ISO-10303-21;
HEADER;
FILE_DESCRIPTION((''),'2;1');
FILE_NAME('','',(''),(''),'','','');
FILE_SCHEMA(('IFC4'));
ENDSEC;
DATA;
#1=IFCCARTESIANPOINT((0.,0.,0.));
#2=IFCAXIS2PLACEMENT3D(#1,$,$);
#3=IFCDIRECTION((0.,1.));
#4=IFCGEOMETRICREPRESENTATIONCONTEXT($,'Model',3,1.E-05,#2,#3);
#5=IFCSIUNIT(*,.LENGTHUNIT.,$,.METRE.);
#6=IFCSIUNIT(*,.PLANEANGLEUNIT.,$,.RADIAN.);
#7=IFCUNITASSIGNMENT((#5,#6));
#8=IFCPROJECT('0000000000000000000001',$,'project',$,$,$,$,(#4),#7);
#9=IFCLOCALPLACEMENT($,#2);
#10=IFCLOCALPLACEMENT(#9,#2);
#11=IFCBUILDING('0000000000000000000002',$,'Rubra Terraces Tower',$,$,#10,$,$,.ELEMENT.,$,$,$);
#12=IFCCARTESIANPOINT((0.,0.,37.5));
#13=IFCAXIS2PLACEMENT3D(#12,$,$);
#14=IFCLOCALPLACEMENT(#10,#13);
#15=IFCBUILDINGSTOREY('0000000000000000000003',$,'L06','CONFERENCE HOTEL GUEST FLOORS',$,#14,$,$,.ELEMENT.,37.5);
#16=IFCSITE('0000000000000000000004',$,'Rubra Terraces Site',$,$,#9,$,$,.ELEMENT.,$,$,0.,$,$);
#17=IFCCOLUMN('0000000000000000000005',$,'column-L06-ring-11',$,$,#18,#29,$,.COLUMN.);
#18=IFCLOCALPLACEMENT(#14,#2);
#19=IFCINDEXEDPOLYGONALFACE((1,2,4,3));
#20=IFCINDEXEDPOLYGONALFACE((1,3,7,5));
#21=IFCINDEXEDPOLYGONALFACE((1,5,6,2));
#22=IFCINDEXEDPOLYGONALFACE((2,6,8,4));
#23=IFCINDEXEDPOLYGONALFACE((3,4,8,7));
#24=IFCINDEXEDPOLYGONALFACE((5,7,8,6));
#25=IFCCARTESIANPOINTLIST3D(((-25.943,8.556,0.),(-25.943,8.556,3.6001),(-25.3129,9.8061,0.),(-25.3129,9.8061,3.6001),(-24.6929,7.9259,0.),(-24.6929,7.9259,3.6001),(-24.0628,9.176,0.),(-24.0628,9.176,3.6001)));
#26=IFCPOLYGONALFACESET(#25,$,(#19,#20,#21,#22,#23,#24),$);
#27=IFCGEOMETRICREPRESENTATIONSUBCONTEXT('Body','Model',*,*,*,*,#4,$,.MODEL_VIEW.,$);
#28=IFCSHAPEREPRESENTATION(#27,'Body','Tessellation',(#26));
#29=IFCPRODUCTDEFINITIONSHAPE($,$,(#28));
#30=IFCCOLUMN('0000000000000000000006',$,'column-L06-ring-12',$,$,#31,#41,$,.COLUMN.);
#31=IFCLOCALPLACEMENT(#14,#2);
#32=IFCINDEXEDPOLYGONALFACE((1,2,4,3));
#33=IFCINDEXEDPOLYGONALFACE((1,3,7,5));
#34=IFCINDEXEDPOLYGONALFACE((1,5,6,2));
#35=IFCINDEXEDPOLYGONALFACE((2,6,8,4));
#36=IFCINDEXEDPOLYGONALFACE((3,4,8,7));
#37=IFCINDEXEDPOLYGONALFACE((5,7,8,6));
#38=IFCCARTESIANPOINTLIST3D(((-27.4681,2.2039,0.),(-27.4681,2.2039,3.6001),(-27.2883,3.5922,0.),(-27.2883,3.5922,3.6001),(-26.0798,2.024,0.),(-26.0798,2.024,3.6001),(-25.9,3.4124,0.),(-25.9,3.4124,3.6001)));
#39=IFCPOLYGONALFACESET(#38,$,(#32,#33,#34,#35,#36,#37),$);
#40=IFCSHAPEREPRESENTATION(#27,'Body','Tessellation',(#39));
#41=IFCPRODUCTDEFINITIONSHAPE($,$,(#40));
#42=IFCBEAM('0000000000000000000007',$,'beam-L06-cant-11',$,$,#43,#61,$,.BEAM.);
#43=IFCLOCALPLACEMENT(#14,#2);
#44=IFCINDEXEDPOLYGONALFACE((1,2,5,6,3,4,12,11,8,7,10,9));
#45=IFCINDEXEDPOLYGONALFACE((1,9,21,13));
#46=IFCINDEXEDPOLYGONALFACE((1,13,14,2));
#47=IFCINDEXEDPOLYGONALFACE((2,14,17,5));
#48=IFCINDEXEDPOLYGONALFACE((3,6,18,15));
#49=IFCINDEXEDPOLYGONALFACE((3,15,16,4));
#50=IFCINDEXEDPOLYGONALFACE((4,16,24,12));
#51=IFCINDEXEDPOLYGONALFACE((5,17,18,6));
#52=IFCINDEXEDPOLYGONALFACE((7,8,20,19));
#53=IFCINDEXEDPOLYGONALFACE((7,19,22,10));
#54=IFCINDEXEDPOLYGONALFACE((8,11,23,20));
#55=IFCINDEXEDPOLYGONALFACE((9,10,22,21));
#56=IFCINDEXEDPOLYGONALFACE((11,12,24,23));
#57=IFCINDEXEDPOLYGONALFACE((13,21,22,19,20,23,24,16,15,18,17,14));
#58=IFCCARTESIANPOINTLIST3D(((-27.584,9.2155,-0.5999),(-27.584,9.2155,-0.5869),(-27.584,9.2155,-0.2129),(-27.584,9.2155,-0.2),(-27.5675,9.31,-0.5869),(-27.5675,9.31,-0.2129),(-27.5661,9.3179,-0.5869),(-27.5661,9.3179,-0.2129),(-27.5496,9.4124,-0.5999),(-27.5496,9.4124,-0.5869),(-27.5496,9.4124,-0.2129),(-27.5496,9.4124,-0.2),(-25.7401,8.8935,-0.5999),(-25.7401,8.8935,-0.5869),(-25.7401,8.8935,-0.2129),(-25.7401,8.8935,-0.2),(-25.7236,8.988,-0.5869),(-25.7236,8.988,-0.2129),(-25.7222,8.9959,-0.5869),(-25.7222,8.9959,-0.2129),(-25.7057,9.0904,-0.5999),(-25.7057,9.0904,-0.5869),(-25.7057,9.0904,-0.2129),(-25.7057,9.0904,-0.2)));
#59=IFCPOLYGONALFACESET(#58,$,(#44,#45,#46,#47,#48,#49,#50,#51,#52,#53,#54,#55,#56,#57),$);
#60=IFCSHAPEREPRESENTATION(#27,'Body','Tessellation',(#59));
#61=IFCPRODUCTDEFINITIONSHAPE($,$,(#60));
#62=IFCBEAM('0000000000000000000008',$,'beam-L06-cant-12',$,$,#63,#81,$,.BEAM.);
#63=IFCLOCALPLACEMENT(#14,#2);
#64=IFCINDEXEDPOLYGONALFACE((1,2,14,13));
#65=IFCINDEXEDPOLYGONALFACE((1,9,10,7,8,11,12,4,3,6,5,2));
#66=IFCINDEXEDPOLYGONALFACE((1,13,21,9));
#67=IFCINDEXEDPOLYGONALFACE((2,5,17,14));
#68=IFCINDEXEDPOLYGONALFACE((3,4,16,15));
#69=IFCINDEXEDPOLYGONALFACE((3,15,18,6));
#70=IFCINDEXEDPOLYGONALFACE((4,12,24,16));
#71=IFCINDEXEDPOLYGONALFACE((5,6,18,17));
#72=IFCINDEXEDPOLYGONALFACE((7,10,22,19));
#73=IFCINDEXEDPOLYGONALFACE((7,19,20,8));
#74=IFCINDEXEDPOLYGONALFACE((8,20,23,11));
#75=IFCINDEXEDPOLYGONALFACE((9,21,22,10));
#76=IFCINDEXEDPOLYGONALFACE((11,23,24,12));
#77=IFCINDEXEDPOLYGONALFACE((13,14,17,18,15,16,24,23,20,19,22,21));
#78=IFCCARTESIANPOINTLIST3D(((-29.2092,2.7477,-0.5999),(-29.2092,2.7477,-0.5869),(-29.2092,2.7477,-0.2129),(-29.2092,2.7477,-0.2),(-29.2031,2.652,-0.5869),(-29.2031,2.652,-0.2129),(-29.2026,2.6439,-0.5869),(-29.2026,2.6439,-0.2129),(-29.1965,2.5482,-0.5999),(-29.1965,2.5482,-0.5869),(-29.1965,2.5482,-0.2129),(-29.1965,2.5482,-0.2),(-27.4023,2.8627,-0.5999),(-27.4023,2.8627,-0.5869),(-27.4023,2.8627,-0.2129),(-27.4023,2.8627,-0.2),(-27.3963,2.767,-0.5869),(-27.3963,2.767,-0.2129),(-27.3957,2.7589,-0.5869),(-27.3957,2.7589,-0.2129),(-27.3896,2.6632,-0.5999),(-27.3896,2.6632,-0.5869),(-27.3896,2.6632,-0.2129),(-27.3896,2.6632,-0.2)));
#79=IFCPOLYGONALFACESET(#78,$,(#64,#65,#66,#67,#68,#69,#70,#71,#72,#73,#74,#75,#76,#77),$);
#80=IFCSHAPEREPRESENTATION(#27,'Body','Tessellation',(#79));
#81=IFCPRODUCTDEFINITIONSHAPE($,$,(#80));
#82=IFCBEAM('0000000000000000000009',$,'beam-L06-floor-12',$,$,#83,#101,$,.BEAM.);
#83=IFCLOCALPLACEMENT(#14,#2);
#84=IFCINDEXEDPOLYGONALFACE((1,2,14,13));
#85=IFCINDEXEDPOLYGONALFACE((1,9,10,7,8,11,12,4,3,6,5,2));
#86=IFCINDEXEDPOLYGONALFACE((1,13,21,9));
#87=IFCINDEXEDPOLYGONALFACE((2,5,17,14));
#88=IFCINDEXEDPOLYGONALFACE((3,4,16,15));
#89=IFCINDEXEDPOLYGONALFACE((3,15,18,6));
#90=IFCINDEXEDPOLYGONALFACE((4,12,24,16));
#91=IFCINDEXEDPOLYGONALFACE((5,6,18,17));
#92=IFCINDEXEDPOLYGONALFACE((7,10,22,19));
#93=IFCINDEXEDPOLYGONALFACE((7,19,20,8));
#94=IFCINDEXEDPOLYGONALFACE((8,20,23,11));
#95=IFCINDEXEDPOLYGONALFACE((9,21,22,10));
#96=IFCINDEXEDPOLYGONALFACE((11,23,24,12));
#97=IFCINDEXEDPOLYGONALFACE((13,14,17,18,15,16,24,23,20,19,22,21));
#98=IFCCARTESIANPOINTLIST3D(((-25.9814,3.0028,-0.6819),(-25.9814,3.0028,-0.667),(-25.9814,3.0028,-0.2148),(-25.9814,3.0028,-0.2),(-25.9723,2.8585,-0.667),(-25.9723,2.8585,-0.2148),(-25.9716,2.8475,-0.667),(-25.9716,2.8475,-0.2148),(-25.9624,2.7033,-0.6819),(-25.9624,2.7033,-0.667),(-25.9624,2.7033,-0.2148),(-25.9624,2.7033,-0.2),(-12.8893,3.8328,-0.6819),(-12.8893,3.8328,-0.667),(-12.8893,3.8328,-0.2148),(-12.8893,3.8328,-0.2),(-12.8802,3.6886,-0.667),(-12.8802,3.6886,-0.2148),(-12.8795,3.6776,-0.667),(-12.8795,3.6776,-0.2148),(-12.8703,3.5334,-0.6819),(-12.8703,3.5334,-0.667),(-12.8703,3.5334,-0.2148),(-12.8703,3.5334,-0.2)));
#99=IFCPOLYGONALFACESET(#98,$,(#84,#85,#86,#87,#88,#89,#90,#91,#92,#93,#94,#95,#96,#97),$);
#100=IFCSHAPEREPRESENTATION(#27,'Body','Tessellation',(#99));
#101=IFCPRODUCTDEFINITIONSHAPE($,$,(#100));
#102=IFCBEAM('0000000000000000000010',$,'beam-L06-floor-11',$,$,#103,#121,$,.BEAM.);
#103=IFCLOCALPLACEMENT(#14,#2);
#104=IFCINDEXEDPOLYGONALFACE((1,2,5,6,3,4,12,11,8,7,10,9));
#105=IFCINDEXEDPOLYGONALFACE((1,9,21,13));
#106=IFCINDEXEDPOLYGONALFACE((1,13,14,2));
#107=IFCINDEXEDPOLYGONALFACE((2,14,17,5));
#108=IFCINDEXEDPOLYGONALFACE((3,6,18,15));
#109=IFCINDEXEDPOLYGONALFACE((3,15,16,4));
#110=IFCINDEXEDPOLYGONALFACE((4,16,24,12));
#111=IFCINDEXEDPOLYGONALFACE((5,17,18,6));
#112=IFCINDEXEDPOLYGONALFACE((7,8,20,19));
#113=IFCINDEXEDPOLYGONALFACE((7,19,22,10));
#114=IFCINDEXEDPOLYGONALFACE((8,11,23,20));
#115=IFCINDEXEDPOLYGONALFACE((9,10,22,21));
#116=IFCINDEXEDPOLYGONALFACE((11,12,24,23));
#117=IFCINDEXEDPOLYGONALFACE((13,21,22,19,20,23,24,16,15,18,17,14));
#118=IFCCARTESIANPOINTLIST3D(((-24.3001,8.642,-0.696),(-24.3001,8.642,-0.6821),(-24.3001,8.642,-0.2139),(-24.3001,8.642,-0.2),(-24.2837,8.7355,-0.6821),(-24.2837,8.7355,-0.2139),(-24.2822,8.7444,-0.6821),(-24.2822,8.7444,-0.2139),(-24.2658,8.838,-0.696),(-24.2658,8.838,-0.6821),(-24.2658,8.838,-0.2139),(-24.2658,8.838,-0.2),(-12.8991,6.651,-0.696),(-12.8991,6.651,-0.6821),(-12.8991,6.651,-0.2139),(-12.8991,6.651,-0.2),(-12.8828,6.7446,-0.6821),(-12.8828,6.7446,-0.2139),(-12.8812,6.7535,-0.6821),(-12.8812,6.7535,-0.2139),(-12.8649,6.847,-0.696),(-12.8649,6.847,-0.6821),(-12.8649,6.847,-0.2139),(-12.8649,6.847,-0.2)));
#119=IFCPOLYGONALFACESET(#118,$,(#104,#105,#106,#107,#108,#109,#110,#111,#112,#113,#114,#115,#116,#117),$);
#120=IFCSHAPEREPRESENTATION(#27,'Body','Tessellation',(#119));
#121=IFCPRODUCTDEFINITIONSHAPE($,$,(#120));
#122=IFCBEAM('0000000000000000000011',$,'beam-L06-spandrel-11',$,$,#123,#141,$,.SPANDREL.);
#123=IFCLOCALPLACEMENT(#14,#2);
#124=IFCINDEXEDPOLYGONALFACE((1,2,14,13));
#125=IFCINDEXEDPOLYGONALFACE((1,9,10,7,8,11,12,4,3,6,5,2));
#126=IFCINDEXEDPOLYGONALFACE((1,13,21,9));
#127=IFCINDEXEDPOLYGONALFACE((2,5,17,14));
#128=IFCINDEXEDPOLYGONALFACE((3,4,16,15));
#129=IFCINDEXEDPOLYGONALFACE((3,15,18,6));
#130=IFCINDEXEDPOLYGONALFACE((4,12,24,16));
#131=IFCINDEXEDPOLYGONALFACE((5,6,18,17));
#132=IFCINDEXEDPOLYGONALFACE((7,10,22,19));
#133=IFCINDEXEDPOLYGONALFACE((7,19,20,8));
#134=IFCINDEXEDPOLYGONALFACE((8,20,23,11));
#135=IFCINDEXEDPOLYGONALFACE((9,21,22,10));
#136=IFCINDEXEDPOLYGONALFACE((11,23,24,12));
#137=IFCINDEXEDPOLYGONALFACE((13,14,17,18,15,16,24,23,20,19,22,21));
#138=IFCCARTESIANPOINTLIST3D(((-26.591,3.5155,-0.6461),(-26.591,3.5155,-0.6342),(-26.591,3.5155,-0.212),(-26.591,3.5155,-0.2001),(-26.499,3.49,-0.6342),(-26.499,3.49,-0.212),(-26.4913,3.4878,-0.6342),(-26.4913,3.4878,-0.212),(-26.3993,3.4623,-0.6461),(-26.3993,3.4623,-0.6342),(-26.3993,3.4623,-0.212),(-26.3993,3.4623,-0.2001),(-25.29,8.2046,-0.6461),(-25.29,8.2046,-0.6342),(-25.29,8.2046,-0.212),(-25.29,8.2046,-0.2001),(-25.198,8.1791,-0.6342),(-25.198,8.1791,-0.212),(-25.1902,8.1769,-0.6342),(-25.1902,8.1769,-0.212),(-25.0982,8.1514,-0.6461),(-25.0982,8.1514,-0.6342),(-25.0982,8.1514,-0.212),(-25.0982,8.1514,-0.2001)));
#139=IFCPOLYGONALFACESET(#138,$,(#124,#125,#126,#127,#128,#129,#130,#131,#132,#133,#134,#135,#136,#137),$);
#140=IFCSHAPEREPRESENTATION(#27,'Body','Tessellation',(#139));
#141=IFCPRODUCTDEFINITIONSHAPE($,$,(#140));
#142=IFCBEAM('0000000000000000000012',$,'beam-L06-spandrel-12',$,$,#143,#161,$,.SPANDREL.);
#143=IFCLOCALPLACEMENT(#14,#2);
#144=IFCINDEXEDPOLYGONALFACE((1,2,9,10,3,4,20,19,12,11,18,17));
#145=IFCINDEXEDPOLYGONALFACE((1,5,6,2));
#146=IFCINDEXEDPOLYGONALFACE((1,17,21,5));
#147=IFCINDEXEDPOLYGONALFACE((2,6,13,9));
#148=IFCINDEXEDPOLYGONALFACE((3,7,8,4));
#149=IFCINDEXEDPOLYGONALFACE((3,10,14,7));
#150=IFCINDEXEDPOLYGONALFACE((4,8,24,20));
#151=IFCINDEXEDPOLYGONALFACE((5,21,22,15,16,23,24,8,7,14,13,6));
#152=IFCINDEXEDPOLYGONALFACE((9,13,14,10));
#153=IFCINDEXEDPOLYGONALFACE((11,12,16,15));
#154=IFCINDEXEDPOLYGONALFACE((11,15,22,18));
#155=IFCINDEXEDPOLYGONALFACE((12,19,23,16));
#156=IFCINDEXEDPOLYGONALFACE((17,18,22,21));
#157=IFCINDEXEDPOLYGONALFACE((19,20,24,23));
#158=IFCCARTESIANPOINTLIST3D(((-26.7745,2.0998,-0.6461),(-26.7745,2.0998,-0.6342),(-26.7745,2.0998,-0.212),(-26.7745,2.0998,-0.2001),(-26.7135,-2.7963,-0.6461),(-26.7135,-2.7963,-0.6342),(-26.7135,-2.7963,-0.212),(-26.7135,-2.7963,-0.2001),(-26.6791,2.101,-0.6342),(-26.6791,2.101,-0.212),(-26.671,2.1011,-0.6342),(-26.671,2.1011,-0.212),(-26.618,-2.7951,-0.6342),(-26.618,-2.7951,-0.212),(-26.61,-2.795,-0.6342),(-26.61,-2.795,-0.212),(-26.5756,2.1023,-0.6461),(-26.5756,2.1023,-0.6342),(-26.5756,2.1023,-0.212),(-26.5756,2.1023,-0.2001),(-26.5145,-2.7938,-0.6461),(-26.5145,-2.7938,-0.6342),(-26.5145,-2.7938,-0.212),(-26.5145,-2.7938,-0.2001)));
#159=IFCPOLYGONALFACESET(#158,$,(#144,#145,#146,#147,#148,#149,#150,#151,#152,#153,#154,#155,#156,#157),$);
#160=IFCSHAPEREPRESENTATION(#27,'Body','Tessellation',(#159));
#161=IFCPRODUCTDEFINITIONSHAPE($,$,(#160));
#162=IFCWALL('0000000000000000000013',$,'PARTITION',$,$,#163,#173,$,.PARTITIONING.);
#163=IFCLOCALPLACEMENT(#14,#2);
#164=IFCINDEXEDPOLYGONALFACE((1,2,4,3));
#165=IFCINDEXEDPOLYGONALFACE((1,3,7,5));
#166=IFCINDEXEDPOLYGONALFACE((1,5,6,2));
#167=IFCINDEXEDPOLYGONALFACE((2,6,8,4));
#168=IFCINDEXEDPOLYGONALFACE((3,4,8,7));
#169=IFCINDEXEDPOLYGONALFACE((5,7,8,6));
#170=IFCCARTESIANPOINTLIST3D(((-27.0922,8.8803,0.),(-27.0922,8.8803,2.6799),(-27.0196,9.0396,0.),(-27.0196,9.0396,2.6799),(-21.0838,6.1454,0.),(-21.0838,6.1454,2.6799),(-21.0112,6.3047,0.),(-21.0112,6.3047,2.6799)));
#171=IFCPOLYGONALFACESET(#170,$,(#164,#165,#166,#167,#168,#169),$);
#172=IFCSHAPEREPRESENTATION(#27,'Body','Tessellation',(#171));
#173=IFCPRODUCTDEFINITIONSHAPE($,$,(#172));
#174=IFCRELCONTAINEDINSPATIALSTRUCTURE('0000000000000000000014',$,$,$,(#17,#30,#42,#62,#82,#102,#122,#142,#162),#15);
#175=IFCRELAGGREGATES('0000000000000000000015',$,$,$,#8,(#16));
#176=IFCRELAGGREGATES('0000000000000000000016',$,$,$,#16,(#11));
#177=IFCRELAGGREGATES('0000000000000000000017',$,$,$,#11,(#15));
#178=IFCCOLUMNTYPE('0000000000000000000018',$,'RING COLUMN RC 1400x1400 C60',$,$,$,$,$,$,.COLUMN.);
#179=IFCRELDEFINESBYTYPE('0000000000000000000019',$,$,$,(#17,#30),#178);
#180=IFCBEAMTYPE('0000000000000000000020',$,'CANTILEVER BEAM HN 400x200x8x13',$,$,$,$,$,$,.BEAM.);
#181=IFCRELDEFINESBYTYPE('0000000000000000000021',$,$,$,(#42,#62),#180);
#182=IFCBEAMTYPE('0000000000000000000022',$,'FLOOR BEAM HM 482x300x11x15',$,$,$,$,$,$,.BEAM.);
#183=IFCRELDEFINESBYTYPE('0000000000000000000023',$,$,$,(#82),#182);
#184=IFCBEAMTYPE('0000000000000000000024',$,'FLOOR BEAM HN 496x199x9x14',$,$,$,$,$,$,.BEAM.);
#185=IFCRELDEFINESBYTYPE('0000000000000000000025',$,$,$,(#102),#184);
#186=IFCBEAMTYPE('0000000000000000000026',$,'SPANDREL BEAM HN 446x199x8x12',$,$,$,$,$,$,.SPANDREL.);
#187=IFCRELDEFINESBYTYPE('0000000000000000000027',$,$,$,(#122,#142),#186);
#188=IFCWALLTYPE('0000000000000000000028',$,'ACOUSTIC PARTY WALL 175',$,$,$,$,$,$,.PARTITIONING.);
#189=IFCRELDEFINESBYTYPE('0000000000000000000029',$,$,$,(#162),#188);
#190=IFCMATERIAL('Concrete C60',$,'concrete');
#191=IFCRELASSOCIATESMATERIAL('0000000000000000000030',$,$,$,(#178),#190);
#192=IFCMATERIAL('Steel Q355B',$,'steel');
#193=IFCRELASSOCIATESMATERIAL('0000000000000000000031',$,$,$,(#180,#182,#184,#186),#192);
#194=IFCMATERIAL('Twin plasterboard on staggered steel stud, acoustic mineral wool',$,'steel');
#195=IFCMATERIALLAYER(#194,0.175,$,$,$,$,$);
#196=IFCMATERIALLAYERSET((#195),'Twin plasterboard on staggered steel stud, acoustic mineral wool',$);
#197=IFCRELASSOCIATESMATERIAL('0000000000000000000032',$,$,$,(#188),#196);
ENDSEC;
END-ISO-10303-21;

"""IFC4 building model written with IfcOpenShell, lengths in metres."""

from ifc_helpers import new_model, si_unit, direction, frame, frame_2d, origin, origin_2d, place, context, subcontext, project, spatial, rectangle, i_section, extrude, material, layer, layer_set, material_profile, profile_set, type_object, element, save


model = new_model("IFC4")

# Units and contexts
model_context = context("Model", 3, precision=1e-05, world=origin(), true_north=direction((0.0, 1.0)))
body_context = subcontext(model_context, "Body", "Model", "MODEL_VIEW")
ifc_project = project(units=[si_unit("LENGTHUNIT", "METRE"), si_unit("PLANEANGLEUNIT", "RADIAN")], contexts=[model_context])

# Site, building, storey
site_placement = place(None, origin())
site = spatial("IfcSite", under=ifc_project, at=site_placement, Name="Rubra Terraces Site", CompositionType="ELEMENT", RefElevation=0.0)
building_placement = place(site_placement, origin())
building = spatial("IfcBuilding", under=site, at=building_placement, Name="Rubra Terraces Tower", CompositionType="ELEMENT")
storey_placement = place(building_placement, frame((0.0, 0.0, 37.5)))
storey = spatial("IfcBuildingStorey", under=building, at=storey_placement, Name="L06", Description="CONFERENCE HOTEL GUEST FLOORS", CompositionType="ELEMENT", Elevation=37.5)

# Columns
ifc_material_1 = material(Name="Concrete C60", Category="concrete")
ifc_material_profile_1 = material_profile(ifc_material_1, rectangle(XDim=1.3999, YDim=1.3999, at=origin_2d()), Name="RC 1400x1400")
ifc_profile_set_1 = profile_set([ifc_material_profile_1], Name="Concrete C60")
column_type = type_object("IfcColumnType", Name="RING COLUMN RC 1400x1400 C60", PredefinedType="COLUMN", material=ifc_profile_set_1)
for number, where, z_axis, x_axis, name in (
    (1, (-25.0029, 8.866, 0.0), (0.0, 0.0, 1.0), (-0.450099, -0.892979, 0.0), "column-L06-ring-11"),
    (2, (-26.6841, 2.8081, 0.0), (0.0, 0.0, 1.0), (-0.128445, -0.991717, 0.0), "column-L06-ring-12"),
):
    element("IfcColumn", number, at=place(storey_placement, frame(where, z_axis=z_axis, x_axis=x_axis)), inside=storey, type_object=column_type, Name=name, PredefinedType="COLUMN", context=body_context, shape_type="SweptSolid", body=[
        extrude(rectangle(XDim=1.3999, YDim=1.3999, at=origin_2d()), origin(), (0.0, 0.0, 1.0), 3.6001),
    ])

# Beams
ifc_material_2 = material(Name="Steel Q355B", Category="steel")
ifc_material_profile_2 = material_profile(ifc_material_2, i_section(OverallWidth=0.2, OverallDepth=0.3999, WebThickness=0.0081, FlangeThickness=0.0129, at=origin_2d()), Name="HN 400x200x8x13")
ifc_profile_set_2 = profile_set([ifc_material_profile_2], Name="Steel Q355B")
beam_type_1 = type_object("IfcBeamType", Name="CANTILEVER BEAM HN 400x200x8x13", PredefinedType="BEAM", material=ifc_profile_set_2)
beam_1_placement = place(storey_placement, frame((-25.7229, 8.9919, -0.3999), z_axis=(-0.985092, 0.172029, 0.0), x_axis=(-0.172029, -0.985092, 0.0)))
element("IfcBeam", 3, at=beam_1_placement, inside=storey, type_object=beam_type_1, Name="beam-L06-cant-11", PredefinedType="BEAM", context=body_context, shape_type="SweptSolid", body=[
    extrude(i_section(OverallWidth=0.2, OverallDepth=0.3999, WebThickness=0.0081, FlangeThickness=0.0129, at=origin_2d()), origin(), (0.0, 0.0, 1.0), 1.8718),
])
beam_2_placement = place(storey_placement, frame((-27.396, 2.7629, -0.3999), z_axis=(-0.997981, -0.063512, 0.0), x_axis=(0.063512, -0.997981, 0.0)))
element("IfcBeam", 4, at=beam_2_placement, inside=storey, type_object=beam_type_1, Name="beam-L06-cant-12", PredefinedType="BEAM", context=body_context, shape_type="SweptSolid", body=[
    extrude(i_section(OverallWidth=0.2, OverallDepth=0.3999, WebThickness=0.0081, FlangeThickness=0.0129, at=origin_2d()), origin(), (0.0, 0.0, 1.0), 1.8105),
])
ifc_material_profile_3 = material_profile(ifc_material_2, i_section(OverallWidth=0.3, OverallDepth=0.4819, WebThickness=0.011, FlangeThickness=0.0149, at=origin_2d()), Name="HM 482x300x11x15")
ifc_profile_set_3 = profile_set([ifc_material_profile_3], Name="Steel Q355B")
beam_type_2 = type_object("IfcBeamType", Name="FLOOR BEAM HM 482x300x11x15", PredefinedType="BEAM", material=ifc_profile_set_3)
beam_3_placement = place(storey_placement, frame((-25.9719, 2.853, -0.4409), z_axis=(0.997996, 0.063276, 0.0), x_axis=(-0.063276, 0.997996, 0.0)))
element("IfcBeam", 5, at=beam_3_placement, inside=storey, type_object=beam_type_2, Name="beam-L06-floor-12", PredefinedType="BEAM", context=body_context, shape_type="SweptSolid", body=[
    extrude(i_section(OverallWidth=0.3, OverallDepth=0.4819, WebThickness=0.011, FlangeThickness=0.0149, at=origin_2d()), origin(), (0.0, 0.0, 1.0), 13.1184),
])
ifc_material_profile_4 = material_profile(ifc_material_2, i_section(OverallWidth=0.199, OverallDepth=0.4961, WebThickness=0.009, FlangeThickness=0.0139, at=origin_2d()), Name="HN 496x199x9x14")
ifc_profile_set_4 = profile_set([ifc_material_profile_4], Name="Steel Q355B")
beam_type_3 = type_object("IfcBeamType", Name="FLOOR BEAM HN 496x199x9x14", PredefinedType="BEAM", material=ifc_profile_set_4)
beam_4_placement = place(storey_placement, frame((-24.283, 8.74, -0.448), z_axis=(0.985092, -0.172029, 0.0), x_axis=(0.172029, 0.985092, 0.0)))
element("IfcBeam", 6, at=beam_4_placement, inside=storey, type_object=beam_type_3, Name="beam-L06-floor-11", PredefinedType="BEAM", context=body_context, shape_type="SweptSolid", body=[
    extrude(i_section(OverallWidth=0.199, OverallDepth=0.4961, WebThickness=0.009, FlangeThickness=0.0139, at=origin_2d()), origin(), (0.0, 0.0, 1.0), 11.5735),
])
ifc_material_profile_5 = material_profile(ifc_material_2, i_section(OverallWidth=0.199, OverallDepth=0.446, WebThickness=0.0081, FlangeThickness=0.012, at=origin_2d()), Name="HN 446x199x8x12")
ifc_profile_set_5 = profile_set([ifc_material_profile_5], Name="Steel Q355B")
beam_type_4 = type_object("IfcBeamType", Name="SPANDREL BEAM HN 446x199x8x12", PredefinedType="SPANDREL", material=ifc_profile_set_5)
beam_5_placement = place(storey_placement, frame((-25.1941, 8.178, -0.4231), z_axis=(-0.267364, -0.963595, 0.0), x_axis=(0.963595, -0.267364, 0.0)))
element("IfcBeam", 7, at=beam_5_placement, inside=storey, type_object=beam_type_4, Name="beam-L06-spandrel-11", PredefinedType="SPANDREL", context=body_context, shape_type="SweptSolid", body=[
    extrude(i_section(OverallWidth=0.199, OverallDepth=0.446, WebThickness=0.0081, FlangeThickness=0.012, at=origin_2d()), origin(), (0.0, 0.0, 1.0), 4.8662),
])
beam_6_placement = place(storey_placement, frame((-26.675, 2.1011, -0.4231), z_axis=(0.012465, -0.999922, 0.0), x_axis=(0.999922, 0.012465, 0.0)))
element("IfcBeam", 8, at=beam_6_placement, inside=storey, type_object=beam_type_4, Name="beam-L06-spandrel-12", PredefinedType="SPANDREL", context=body_context, shape_type="SweptSolid", body=[
    extrude(i_section(OverallWidth=0.199, OverallDepth=0.446, WebThickness=0.0081, FlangeThickness=0.012, at=origin_2d()), origin(), (0.0, 0.0, 1.0), 4.8965),
])

# Wall
ifc_material_3 = material(Name="Twin plasterboard on staggered steel stud, acoustic mineral wool", Category="steel")
ifc_layer_1 = layer(ifc_material_3, 0.175)
ifc_layer_set_1 = layer_set([ifc_layer_1], Name="Twin plasterboard on staggered steel stud, acoustic mineral wool")
wall_type_1 = type_object("IfcWallType", Name="ACOUSTIC PARTY WALL 175", PredefinedType="PARTITIONING", material=ifc_layer_set_1)
wall_1_placement = place(storey_placement, frame((-27.0559, 8.96, 0.0), z_axis=(0.0, 0.0, 1.0), x_axis=(0.910149, -0.414282, 0.0)))
element("IfcWall", 9, at=wall_1_placement, inside=storey, type_object=wall_type_1, Name="PARTITION", PredefinedType="PARTITIONING", context=body_context, shape_type="SweptSolid", body=[
    extrude(rectangle(XDim=6.6016, YDim=0.175, at=frame_2d((3.3008, 0.0))), origin(), (0.0, 0.0, 1.0), 2.6799),
])

save(model, "model.ifc")
